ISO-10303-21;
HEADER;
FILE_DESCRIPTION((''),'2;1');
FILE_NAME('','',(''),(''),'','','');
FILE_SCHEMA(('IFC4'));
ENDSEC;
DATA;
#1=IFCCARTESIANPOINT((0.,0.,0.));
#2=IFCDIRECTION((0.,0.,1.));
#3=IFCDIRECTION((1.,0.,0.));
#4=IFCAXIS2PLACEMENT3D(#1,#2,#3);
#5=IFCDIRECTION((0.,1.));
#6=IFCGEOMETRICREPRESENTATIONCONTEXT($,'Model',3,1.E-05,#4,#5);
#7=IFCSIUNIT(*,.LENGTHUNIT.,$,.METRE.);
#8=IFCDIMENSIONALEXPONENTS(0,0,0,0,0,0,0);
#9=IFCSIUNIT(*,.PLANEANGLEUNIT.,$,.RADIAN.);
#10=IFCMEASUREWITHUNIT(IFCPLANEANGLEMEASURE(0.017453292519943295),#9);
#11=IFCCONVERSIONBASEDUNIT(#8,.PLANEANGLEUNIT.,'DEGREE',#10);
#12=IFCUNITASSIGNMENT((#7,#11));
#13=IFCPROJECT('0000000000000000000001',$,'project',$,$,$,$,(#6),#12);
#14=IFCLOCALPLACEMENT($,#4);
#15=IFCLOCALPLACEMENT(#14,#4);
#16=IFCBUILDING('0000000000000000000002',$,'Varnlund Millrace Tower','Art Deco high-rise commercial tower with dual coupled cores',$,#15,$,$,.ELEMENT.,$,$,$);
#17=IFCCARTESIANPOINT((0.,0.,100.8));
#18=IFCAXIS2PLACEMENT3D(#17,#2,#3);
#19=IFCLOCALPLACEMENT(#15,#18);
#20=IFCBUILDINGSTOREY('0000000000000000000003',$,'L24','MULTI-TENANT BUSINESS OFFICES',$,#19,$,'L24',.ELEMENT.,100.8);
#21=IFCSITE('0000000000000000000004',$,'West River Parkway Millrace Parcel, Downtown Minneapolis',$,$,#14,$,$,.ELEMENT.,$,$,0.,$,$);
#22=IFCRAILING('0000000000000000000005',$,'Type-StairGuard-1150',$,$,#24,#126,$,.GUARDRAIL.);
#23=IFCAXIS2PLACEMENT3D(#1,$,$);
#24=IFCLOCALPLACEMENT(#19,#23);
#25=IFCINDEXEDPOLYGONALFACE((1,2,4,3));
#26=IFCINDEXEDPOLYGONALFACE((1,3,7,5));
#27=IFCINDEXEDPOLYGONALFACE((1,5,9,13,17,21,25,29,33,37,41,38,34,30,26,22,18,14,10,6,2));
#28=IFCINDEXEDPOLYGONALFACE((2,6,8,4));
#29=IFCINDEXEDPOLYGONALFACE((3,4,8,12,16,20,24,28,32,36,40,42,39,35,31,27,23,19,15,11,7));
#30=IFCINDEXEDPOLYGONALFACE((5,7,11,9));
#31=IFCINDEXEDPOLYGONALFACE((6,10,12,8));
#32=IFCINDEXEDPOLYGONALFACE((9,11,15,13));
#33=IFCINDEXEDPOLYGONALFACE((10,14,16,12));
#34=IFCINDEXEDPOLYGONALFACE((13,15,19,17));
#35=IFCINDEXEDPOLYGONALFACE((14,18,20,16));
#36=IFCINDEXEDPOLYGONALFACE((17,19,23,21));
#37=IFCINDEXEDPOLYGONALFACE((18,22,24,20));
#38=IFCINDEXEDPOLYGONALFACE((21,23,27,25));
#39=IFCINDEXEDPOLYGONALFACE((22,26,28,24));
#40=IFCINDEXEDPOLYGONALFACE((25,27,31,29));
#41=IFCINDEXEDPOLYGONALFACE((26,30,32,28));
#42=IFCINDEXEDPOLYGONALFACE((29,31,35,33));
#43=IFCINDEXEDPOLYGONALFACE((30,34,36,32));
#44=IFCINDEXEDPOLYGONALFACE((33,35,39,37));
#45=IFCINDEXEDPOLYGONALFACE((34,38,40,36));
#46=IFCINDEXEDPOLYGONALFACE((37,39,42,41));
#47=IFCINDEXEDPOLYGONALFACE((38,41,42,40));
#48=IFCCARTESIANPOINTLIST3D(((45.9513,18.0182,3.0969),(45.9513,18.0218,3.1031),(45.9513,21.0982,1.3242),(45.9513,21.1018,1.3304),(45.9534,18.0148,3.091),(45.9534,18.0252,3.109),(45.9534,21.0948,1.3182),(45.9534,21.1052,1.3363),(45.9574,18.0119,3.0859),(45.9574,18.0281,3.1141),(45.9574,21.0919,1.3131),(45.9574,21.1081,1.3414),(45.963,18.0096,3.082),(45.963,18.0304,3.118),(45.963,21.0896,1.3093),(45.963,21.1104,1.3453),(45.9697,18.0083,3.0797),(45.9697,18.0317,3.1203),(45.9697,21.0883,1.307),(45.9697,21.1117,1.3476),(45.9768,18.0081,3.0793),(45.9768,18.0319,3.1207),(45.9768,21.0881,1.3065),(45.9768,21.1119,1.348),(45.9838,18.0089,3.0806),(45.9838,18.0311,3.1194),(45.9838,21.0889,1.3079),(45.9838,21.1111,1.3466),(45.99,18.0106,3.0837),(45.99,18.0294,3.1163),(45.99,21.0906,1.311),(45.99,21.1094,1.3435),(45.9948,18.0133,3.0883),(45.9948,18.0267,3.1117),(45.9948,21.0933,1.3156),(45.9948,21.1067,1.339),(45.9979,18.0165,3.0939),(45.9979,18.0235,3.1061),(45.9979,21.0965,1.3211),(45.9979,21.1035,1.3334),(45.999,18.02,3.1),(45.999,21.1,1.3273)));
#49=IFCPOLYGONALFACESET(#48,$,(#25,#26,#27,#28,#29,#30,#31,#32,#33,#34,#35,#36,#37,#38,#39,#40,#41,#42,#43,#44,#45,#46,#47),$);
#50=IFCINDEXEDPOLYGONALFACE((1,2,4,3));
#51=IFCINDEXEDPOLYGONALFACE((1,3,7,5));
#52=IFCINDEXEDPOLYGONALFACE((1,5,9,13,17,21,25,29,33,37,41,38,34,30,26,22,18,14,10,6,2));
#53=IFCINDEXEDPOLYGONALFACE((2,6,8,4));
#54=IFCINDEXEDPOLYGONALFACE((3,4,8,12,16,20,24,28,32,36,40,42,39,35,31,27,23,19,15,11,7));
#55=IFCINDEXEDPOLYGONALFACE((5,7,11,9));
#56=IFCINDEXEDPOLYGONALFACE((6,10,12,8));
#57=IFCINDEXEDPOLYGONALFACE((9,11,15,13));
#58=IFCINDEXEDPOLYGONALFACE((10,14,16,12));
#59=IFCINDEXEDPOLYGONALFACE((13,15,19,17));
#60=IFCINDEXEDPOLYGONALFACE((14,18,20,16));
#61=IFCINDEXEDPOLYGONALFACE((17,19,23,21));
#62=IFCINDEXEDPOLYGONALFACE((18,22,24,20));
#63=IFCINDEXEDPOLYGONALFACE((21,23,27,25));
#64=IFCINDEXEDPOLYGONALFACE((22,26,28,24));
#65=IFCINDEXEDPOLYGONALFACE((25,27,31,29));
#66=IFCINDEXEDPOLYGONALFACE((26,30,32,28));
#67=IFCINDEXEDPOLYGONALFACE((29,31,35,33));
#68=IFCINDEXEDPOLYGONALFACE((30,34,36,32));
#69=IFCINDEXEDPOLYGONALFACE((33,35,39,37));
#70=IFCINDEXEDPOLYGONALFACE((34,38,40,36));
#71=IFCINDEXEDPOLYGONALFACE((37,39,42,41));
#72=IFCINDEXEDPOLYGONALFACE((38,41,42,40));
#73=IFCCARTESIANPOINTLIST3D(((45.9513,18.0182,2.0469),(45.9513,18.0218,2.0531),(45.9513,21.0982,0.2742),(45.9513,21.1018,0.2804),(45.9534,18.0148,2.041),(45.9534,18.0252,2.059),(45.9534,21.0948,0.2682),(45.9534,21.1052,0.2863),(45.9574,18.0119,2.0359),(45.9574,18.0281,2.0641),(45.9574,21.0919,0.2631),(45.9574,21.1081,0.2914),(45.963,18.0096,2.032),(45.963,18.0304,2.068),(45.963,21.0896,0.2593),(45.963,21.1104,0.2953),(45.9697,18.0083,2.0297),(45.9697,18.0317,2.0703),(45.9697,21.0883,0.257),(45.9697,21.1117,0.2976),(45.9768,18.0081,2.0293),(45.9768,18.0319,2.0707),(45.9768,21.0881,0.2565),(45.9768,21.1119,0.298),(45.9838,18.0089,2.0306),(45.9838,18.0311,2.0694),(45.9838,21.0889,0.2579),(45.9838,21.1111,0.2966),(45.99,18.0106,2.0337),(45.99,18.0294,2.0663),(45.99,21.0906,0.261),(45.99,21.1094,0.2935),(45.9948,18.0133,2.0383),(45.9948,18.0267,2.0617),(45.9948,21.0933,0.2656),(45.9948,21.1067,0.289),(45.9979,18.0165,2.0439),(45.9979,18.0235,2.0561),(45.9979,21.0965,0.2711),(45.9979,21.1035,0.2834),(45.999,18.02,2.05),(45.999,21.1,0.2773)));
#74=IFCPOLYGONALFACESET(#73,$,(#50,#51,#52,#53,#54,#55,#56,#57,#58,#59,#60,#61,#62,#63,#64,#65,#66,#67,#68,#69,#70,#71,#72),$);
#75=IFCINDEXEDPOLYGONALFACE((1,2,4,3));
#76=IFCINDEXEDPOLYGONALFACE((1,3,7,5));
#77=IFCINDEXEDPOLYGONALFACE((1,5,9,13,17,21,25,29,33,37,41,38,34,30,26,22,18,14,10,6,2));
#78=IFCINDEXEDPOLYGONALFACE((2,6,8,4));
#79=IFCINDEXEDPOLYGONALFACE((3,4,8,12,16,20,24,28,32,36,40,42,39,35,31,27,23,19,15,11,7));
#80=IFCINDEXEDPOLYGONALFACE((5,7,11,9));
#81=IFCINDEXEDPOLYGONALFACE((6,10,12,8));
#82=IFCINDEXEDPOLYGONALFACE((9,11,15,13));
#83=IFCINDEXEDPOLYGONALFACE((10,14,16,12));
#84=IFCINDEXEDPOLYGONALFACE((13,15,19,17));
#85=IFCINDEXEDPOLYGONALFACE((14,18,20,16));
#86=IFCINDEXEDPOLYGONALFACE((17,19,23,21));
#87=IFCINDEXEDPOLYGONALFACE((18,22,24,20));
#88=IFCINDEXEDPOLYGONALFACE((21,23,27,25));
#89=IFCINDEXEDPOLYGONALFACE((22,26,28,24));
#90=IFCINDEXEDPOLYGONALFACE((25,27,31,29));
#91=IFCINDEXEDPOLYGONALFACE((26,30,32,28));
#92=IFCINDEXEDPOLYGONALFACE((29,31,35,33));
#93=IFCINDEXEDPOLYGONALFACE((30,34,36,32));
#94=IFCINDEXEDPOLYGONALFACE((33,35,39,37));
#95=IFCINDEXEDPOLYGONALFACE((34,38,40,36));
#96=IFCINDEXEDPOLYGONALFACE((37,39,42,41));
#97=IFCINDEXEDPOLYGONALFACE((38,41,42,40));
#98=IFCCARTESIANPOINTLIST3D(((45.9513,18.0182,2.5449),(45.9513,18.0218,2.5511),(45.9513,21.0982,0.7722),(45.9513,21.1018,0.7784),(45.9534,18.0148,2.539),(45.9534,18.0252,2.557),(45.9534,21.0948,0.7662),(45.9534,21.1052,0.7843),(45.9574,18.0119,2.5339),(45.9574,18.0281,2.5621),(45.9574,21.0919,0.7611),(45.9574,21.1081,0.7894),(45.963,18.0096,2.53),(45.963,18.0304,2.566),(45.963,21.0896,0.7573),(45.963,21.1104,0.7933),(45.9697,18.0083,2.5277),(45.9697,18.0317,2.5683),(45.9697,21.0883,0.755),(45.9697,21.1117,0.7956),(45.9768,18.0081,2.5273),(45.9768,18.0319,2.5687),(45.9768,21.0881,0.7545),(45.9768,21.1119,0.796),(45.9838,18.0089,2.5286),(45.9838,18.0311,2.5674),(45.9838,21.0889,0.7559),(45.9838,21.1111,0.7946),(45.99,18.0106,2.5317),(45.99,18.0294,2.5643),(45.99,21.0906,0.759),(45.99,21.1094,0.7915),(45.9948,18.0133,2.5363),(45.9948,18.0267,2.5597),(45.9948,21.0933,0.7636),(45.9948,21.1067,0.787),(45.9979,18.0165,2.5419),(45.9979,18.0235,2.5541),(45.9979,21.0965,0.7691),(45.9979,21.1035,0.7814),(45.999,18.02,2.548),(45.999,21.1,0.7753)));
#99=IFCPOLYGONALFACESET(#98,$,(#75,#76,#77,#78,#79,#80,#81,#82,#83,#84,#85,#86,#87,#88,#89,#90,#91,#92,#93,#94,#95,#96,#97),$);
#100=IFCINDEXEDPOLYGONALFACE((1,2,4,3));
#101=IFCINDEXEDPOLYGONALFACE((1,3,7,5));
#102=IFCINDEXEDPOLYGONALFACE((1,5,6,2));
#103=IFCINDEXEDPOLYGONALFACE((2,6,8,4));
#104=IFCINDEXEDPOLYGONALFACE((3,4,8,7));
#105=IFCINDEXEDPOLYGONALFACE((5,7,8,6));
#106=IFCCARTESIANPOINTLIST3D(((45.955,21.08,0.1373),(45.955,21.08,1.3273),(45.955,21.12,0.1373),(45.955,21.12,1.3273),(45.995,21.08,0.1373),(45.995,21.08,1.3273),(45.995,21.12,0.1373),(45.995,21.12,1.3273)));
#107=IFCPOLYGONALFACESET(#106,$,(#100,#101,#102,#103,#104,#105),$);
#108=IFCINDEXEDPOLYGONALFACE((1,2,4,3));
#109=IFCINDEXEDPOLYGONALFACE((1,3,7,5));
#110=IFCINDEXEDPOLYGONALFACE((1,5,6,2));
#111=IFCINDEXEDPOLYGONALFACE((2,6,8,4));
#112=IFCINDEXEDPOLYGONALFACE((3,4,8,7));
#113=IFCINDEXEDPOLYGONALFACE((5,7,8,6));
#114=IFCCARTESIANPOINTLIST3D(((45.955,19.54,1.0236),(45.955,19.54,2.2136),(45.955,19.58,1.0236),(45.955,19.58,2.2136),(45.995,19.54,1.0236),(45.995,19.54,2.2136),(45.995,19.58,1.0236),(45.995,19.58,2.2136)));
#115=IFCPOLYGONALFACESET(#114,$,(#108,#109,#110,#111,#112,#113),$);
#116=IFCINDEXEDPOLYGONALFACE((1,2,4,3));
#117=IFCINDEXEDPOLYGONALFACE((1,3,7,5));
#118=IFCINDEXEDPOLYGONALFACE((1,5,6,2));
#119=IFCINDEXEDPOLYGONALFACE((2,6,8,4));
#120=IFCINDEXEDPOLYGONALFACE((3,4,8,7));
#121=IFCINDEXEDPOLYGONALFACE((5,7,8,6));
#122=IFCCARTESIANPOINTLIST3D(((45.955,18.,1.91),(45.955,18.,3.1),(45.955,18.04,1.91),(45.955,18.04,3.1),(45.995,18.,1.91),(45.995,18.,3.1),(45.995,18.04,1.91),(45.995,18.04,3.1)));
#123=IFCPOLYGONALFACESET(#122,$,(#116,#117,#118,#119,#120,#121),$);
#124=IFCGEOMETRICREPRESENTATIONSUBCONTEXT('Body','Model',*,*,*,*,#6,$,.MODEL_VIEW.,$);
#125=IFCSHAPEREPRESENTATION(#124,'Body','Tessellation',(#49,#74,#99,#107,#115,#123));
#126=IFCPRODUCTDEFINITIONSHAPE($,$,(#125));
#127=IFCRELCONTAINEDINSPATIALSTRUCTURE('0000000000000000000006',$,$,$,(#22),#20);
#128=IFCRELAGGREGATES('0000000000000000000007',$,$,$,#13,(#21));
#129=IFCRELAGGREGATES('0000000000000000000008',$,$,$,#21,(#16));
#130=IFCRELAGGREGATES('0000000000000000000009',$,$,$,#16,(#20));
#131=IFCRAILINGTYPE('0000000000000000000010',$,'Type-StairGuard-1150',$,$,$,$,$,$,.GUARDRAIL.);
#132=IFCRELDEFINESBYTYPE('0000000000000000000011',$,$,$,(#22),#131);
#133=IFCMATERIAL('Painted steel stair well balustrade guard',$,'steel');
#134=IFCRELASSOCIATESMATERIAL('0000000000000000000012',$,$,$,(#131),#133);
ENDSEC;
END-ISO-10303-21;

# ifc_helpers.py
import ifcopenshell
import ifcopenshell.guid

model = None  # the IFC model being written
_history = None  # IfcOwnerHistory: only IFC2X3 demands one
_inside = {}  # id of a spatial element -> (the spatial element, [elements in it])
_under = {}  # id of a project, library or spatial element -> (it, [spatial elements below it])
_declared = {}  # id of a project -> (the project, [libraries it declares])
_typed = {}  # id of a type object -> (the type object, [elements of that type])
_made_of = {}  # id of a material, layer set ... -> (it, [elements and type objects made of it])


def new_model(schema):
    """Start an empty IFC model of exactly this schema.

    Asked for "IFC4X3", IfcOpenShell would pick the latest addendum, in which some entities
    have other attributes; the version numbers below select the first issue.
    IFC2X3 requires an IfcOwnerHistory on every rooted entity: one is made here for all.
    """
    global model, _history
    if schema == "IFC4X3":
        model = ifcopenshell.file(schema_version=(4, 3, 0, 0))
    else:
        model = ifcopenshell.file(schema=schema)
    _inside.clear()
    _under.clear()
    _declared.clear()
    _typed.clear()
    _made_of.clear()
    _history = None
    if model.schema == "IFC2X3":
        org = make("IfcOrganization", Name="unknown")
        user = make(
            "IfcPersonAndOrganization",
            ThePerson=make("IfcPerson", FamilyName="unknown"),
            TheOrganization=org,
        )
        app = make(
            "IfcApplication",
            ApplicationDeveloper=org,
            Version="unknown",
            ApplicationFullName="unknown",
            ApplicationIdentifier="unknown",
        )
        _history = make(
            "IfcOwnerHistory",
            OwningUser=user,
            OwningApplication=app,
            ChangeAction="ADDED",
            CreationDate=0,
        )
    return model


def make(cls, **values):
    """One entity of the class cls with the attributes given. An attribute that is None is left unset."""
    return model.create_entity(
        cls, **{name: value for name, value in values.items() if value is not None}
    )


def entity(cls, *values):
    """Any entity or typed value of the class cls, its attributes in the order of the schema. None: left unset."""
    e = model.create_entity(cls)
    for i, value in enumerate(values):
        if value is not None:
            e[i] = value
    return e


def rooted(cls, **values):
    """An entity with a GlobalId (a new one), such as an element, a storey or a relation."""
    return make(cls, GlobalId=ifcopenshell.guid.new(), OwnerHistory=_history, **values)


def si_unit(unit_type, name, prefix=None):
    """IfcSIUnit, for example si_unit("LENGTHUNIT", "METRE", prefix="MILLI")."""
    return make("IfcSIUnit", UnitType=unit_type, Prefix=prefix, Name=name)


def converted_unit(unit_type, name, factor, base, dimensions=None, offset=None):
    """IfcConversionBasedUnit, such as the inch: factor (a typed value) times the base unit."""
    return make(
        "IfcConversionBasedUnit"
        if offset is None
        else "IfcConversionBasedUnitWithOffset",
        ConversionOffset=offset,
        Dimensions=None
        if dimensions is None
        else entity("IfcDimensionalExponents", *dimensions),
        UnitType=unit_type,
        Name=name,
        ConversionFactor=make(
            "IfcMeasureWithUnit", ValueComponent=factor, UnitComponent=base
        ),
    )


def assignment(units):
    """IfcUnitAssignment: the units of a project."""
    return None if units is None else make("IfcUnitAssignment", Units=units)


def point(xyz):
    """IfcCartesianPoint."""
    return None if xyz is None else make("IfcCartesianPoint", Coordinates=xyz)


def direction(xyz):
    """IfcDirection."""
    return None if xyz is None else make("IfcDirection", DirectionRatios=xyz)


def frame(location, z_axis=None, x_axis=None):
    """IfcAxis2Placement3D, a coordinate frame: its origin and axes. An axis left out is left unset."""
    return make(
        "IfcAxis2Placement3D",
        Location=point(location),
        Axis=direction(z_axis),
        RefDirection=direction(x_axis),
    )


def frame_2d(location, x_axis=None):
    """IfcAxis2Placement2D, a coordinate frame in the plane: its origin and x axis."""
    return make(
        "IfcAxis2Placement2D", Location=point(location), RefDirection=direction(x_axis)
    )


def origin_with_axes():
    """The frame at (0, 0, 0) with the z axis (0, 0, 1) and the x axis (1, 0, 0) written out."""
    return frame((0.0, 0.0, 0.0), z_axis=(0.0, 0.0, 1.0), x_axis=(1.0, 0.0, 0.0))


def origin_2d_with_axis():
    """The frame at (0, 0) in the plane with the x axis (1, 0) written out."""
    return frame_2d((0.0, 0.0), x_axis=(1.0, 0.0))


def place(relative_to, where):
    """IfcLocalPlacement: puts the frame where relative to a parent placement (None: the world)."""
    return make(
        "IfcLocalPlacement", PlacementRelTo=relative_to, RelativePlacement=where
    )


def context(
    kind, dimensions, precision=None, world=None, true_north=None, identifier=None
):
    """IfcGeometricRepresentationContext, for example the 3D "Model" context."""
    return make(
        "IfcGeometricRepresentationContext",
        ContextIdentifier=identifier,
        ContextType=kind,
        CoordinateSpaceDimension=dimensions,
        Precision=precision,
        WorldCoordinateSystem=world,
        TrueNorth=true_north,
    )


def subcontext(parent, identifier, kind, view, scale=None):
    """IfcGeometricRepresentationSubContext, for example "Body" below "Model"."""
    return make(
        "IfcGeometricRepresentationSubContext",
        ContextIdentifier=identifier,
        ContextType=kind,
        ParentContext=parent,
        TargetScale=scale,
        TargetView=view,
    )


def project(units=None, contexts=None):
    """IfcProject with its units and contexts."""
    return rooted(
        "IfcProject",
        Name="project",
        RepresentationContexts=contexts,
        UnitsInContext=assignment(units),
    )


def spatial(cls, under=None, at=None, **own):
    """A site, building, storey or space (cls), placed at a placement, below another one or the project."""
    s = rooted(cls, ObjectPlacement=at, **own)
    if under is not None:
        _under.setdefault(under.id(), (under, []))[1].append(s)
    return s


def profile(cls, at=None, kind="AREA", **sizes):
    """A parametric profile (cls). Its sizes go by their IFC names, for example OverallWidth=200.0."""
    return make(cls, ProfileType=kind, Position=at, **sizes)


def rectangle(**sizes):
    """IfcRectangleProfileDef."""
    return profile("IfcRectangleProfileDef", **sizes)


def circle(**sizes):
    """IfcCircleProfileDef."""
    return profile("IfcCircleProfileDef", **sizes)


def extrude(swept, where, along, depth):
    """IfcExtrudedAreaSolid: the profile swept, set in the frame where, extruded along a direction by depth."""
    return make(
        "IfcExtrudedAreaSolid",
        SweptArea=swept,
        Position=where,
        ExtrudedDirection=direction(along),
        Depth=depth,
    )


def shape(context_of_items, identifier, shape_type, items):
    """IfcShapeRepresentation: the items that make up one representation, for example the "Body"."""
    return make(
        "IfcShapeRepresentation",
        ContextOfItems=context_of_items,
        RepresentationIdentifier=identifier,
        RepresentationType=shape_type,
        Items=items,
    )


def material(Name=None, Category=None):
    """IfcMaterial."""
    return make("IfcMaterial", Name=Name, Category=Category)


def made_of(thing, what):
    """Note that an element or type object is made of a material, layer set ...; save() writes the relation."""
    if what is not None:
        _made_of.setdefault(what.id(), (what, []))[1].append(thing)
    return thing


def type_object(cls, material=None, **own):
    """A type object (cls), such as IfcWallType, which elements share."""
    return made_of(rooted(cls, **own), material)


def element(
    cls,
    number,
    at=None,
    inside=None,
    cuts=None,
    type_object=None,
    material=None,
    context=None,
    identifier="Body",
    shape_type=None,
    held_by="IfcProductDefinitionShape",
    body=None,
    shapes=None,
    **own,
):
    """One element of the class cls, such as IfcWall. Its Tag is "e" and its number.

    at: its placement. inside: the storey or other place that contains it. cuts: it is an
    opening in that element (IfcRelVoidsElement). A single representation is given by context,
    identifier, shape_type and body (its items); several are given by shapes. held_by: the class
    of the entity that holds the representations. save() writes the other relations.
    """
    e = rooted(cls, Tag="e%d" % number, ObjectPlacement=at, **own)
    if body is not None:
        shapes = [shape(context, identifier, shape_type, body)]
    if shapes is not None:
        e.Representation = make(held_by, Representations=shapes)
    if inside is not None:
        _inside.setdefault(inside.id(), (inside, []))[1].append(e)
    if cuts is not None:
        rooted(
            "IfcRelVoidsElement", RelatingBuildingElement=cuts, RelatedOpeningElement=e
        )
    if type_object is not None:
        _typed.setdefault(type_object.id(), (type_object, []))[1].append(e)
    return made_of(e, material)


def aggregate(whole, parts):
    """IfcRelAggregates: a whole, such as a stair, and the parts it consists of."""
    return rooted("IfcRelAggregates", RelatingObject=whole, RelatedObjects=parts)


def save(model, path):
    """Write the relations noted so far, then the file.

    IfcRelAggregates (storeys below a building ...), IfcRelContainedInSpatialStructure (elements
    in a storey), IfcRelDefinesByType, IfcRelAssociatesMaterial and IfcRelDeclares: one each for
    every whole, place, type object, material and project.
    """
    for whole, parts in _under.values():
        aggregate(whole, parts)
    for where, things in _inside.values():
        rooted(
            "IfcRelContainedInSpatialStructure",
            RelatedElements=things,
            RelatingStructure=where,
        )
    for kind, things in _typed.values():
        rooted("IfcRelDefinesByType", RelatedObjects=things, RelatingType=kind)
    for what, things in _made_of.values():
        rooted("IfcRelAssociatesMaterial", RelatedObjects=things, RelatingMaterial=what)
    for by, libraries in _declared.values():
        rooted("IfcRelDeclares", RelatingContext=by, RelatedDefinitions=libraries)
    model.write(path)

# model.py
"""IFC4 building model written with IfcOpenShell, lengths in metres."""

from ifc_helpers import new_model, entity, si_unit, converted_unit, direction, frame, origin_with_axes, origin_2d_with_axis, place, context, subcontext, project, spatial, rectangle, circle, extrude, material, type_object, element, save


model = new_model("IFC4")

# Units and contexts
model_context = context("Model", 3, precision=1e-05, world=origin_with_axes(), true_north=direction((0.0, 1.0)))
body_context = subcontext(model_context, "Body", "Model", "MODEL_VIEW")
ifc_project = project(units=[si_unit("LENGTHUNIT", "METRE"), converted_unit("PLANEANGLEUNIT", "DEGREE", entity("IfcPlaneAngleMeasure", 0.017453292519943295), si_unit("PLANEANGLEUNIT", "RADIAN"), dimensions=[0, 0, 0, 0, 0, 0, 0])], contexts=[model_context])

# Site, building, storey
site_placement = place(None, origin_with_axes())
site = spatial("IfcSite", under=ifc_project, at=site_placement, Name="West River Parkway Millrace Parcel, Downtown Minneapolis", CompositionType="ELEMENT", RefElevation=0.0)
building_placement = place(site_placement, origin_with_axes())
building = spatial("IfcBuilding", under=site, at=building_placement, Name="Varnlund Millrace Tower", Description="Art Deco high-rise commercial tower with dual coupled cores", CompositionType="ELEMENT")
storey_placement = place(building_placement, frame((0.0, 0.0, 100.8), z_axis=(0.0, 0.0, 1.0), x_axis=(1.0, 0.0, 0.0)))
storey = spatial("IfcBuildingStorey", under=building, at=storey_placement, Name="L24", Description="MULTI-TENANT BUSINESS OFFICES", LongName="L24", CompositionType="ELEMENT", Elevation=100.8)

# Railing
ifc_material_1 = material(Name="Painted steel stair well balustrade guard", Category="steel")
railing_type_1 = type_object("IfcRailingType", Name="Type-StairGuard-1150", PredefinedType="GUARDRAIL", material=ifc_material_1)
railing_1_placement = place(storey_placement, frame((0.0, 0.0, -100.8), z_axis=(0.0, 0.0, 1.0), x_axis=(1.0, 0.0, 0.0)))
element("IfcRailing", 1, at=railing_1_placement, inside=storey, type_object=railing_type_1, Name="Type-StairGuard-1150", PredefinedType="GUARDRAIL", context=body_context, shape_type="SweptSolid", body=[
    extrude(circle(Radius=0.024, at=origin_2d_with_axis()), frame((45.975, 21.1, 102.1273), z_axis=(0.0, -0.866696, 0.498836), x_axis=(1.0, 0.0, 0.0)), (0.0, 0.0, 1.0), 3.5537),
    extrude(circle(Radius=0.024, at=origin_2d_with_axis()), frame((45.975, 21.1, 101.0773), z_axis=(0.0, -0.866696, 0.498836), x_axis=(1.0, 0.0, 0.0)), (0.0, 0.0, 1.0), 3.5537),
    extrude(circle(Radius=0.024, at=origin_2d_with_axis()), frame((45.975, 21.1, 101.5753), z_axis=(0.0, -0.866696, 0.498836), x_axis=(1.0, 0.0, 0.0)), (0.0, 0.0, 1.0), 3.5537),
    extrude(rectangle(XDim=0.04, YDim=0.04, at=origin_2d_with_axis()), frame((45.975, 21.1, 100.9373), z_axis=(0.0, 0.0, 1.0), x_axis=(1.0, 0.0, 0.0)), (0.0, 0.0, 1.0), 1.19),
    extrude(rectangle(XDim=0.04, YDim=0.04, at=origin_2d_with_axis()), frame((45.975, 19.56, 101.8236), z_axis=(0.0, 0.0, 1.0), x_axis=(1.0, 0.0, 0.0)), (0.0, 0.0, 1.0), 1.19),
    extrude(rectangle(XDim=0.04, YDim=0.04, at=origin_2d_with_axis()), frame((45.975, 18.02, 102.71), z_axis=(0.0, 0.0, 1.0), x_axis=(1.0, 0.0, 0.0)), (0.0, 0.0, 1.0), 1.19),
])

save(model, "model.ifc")
